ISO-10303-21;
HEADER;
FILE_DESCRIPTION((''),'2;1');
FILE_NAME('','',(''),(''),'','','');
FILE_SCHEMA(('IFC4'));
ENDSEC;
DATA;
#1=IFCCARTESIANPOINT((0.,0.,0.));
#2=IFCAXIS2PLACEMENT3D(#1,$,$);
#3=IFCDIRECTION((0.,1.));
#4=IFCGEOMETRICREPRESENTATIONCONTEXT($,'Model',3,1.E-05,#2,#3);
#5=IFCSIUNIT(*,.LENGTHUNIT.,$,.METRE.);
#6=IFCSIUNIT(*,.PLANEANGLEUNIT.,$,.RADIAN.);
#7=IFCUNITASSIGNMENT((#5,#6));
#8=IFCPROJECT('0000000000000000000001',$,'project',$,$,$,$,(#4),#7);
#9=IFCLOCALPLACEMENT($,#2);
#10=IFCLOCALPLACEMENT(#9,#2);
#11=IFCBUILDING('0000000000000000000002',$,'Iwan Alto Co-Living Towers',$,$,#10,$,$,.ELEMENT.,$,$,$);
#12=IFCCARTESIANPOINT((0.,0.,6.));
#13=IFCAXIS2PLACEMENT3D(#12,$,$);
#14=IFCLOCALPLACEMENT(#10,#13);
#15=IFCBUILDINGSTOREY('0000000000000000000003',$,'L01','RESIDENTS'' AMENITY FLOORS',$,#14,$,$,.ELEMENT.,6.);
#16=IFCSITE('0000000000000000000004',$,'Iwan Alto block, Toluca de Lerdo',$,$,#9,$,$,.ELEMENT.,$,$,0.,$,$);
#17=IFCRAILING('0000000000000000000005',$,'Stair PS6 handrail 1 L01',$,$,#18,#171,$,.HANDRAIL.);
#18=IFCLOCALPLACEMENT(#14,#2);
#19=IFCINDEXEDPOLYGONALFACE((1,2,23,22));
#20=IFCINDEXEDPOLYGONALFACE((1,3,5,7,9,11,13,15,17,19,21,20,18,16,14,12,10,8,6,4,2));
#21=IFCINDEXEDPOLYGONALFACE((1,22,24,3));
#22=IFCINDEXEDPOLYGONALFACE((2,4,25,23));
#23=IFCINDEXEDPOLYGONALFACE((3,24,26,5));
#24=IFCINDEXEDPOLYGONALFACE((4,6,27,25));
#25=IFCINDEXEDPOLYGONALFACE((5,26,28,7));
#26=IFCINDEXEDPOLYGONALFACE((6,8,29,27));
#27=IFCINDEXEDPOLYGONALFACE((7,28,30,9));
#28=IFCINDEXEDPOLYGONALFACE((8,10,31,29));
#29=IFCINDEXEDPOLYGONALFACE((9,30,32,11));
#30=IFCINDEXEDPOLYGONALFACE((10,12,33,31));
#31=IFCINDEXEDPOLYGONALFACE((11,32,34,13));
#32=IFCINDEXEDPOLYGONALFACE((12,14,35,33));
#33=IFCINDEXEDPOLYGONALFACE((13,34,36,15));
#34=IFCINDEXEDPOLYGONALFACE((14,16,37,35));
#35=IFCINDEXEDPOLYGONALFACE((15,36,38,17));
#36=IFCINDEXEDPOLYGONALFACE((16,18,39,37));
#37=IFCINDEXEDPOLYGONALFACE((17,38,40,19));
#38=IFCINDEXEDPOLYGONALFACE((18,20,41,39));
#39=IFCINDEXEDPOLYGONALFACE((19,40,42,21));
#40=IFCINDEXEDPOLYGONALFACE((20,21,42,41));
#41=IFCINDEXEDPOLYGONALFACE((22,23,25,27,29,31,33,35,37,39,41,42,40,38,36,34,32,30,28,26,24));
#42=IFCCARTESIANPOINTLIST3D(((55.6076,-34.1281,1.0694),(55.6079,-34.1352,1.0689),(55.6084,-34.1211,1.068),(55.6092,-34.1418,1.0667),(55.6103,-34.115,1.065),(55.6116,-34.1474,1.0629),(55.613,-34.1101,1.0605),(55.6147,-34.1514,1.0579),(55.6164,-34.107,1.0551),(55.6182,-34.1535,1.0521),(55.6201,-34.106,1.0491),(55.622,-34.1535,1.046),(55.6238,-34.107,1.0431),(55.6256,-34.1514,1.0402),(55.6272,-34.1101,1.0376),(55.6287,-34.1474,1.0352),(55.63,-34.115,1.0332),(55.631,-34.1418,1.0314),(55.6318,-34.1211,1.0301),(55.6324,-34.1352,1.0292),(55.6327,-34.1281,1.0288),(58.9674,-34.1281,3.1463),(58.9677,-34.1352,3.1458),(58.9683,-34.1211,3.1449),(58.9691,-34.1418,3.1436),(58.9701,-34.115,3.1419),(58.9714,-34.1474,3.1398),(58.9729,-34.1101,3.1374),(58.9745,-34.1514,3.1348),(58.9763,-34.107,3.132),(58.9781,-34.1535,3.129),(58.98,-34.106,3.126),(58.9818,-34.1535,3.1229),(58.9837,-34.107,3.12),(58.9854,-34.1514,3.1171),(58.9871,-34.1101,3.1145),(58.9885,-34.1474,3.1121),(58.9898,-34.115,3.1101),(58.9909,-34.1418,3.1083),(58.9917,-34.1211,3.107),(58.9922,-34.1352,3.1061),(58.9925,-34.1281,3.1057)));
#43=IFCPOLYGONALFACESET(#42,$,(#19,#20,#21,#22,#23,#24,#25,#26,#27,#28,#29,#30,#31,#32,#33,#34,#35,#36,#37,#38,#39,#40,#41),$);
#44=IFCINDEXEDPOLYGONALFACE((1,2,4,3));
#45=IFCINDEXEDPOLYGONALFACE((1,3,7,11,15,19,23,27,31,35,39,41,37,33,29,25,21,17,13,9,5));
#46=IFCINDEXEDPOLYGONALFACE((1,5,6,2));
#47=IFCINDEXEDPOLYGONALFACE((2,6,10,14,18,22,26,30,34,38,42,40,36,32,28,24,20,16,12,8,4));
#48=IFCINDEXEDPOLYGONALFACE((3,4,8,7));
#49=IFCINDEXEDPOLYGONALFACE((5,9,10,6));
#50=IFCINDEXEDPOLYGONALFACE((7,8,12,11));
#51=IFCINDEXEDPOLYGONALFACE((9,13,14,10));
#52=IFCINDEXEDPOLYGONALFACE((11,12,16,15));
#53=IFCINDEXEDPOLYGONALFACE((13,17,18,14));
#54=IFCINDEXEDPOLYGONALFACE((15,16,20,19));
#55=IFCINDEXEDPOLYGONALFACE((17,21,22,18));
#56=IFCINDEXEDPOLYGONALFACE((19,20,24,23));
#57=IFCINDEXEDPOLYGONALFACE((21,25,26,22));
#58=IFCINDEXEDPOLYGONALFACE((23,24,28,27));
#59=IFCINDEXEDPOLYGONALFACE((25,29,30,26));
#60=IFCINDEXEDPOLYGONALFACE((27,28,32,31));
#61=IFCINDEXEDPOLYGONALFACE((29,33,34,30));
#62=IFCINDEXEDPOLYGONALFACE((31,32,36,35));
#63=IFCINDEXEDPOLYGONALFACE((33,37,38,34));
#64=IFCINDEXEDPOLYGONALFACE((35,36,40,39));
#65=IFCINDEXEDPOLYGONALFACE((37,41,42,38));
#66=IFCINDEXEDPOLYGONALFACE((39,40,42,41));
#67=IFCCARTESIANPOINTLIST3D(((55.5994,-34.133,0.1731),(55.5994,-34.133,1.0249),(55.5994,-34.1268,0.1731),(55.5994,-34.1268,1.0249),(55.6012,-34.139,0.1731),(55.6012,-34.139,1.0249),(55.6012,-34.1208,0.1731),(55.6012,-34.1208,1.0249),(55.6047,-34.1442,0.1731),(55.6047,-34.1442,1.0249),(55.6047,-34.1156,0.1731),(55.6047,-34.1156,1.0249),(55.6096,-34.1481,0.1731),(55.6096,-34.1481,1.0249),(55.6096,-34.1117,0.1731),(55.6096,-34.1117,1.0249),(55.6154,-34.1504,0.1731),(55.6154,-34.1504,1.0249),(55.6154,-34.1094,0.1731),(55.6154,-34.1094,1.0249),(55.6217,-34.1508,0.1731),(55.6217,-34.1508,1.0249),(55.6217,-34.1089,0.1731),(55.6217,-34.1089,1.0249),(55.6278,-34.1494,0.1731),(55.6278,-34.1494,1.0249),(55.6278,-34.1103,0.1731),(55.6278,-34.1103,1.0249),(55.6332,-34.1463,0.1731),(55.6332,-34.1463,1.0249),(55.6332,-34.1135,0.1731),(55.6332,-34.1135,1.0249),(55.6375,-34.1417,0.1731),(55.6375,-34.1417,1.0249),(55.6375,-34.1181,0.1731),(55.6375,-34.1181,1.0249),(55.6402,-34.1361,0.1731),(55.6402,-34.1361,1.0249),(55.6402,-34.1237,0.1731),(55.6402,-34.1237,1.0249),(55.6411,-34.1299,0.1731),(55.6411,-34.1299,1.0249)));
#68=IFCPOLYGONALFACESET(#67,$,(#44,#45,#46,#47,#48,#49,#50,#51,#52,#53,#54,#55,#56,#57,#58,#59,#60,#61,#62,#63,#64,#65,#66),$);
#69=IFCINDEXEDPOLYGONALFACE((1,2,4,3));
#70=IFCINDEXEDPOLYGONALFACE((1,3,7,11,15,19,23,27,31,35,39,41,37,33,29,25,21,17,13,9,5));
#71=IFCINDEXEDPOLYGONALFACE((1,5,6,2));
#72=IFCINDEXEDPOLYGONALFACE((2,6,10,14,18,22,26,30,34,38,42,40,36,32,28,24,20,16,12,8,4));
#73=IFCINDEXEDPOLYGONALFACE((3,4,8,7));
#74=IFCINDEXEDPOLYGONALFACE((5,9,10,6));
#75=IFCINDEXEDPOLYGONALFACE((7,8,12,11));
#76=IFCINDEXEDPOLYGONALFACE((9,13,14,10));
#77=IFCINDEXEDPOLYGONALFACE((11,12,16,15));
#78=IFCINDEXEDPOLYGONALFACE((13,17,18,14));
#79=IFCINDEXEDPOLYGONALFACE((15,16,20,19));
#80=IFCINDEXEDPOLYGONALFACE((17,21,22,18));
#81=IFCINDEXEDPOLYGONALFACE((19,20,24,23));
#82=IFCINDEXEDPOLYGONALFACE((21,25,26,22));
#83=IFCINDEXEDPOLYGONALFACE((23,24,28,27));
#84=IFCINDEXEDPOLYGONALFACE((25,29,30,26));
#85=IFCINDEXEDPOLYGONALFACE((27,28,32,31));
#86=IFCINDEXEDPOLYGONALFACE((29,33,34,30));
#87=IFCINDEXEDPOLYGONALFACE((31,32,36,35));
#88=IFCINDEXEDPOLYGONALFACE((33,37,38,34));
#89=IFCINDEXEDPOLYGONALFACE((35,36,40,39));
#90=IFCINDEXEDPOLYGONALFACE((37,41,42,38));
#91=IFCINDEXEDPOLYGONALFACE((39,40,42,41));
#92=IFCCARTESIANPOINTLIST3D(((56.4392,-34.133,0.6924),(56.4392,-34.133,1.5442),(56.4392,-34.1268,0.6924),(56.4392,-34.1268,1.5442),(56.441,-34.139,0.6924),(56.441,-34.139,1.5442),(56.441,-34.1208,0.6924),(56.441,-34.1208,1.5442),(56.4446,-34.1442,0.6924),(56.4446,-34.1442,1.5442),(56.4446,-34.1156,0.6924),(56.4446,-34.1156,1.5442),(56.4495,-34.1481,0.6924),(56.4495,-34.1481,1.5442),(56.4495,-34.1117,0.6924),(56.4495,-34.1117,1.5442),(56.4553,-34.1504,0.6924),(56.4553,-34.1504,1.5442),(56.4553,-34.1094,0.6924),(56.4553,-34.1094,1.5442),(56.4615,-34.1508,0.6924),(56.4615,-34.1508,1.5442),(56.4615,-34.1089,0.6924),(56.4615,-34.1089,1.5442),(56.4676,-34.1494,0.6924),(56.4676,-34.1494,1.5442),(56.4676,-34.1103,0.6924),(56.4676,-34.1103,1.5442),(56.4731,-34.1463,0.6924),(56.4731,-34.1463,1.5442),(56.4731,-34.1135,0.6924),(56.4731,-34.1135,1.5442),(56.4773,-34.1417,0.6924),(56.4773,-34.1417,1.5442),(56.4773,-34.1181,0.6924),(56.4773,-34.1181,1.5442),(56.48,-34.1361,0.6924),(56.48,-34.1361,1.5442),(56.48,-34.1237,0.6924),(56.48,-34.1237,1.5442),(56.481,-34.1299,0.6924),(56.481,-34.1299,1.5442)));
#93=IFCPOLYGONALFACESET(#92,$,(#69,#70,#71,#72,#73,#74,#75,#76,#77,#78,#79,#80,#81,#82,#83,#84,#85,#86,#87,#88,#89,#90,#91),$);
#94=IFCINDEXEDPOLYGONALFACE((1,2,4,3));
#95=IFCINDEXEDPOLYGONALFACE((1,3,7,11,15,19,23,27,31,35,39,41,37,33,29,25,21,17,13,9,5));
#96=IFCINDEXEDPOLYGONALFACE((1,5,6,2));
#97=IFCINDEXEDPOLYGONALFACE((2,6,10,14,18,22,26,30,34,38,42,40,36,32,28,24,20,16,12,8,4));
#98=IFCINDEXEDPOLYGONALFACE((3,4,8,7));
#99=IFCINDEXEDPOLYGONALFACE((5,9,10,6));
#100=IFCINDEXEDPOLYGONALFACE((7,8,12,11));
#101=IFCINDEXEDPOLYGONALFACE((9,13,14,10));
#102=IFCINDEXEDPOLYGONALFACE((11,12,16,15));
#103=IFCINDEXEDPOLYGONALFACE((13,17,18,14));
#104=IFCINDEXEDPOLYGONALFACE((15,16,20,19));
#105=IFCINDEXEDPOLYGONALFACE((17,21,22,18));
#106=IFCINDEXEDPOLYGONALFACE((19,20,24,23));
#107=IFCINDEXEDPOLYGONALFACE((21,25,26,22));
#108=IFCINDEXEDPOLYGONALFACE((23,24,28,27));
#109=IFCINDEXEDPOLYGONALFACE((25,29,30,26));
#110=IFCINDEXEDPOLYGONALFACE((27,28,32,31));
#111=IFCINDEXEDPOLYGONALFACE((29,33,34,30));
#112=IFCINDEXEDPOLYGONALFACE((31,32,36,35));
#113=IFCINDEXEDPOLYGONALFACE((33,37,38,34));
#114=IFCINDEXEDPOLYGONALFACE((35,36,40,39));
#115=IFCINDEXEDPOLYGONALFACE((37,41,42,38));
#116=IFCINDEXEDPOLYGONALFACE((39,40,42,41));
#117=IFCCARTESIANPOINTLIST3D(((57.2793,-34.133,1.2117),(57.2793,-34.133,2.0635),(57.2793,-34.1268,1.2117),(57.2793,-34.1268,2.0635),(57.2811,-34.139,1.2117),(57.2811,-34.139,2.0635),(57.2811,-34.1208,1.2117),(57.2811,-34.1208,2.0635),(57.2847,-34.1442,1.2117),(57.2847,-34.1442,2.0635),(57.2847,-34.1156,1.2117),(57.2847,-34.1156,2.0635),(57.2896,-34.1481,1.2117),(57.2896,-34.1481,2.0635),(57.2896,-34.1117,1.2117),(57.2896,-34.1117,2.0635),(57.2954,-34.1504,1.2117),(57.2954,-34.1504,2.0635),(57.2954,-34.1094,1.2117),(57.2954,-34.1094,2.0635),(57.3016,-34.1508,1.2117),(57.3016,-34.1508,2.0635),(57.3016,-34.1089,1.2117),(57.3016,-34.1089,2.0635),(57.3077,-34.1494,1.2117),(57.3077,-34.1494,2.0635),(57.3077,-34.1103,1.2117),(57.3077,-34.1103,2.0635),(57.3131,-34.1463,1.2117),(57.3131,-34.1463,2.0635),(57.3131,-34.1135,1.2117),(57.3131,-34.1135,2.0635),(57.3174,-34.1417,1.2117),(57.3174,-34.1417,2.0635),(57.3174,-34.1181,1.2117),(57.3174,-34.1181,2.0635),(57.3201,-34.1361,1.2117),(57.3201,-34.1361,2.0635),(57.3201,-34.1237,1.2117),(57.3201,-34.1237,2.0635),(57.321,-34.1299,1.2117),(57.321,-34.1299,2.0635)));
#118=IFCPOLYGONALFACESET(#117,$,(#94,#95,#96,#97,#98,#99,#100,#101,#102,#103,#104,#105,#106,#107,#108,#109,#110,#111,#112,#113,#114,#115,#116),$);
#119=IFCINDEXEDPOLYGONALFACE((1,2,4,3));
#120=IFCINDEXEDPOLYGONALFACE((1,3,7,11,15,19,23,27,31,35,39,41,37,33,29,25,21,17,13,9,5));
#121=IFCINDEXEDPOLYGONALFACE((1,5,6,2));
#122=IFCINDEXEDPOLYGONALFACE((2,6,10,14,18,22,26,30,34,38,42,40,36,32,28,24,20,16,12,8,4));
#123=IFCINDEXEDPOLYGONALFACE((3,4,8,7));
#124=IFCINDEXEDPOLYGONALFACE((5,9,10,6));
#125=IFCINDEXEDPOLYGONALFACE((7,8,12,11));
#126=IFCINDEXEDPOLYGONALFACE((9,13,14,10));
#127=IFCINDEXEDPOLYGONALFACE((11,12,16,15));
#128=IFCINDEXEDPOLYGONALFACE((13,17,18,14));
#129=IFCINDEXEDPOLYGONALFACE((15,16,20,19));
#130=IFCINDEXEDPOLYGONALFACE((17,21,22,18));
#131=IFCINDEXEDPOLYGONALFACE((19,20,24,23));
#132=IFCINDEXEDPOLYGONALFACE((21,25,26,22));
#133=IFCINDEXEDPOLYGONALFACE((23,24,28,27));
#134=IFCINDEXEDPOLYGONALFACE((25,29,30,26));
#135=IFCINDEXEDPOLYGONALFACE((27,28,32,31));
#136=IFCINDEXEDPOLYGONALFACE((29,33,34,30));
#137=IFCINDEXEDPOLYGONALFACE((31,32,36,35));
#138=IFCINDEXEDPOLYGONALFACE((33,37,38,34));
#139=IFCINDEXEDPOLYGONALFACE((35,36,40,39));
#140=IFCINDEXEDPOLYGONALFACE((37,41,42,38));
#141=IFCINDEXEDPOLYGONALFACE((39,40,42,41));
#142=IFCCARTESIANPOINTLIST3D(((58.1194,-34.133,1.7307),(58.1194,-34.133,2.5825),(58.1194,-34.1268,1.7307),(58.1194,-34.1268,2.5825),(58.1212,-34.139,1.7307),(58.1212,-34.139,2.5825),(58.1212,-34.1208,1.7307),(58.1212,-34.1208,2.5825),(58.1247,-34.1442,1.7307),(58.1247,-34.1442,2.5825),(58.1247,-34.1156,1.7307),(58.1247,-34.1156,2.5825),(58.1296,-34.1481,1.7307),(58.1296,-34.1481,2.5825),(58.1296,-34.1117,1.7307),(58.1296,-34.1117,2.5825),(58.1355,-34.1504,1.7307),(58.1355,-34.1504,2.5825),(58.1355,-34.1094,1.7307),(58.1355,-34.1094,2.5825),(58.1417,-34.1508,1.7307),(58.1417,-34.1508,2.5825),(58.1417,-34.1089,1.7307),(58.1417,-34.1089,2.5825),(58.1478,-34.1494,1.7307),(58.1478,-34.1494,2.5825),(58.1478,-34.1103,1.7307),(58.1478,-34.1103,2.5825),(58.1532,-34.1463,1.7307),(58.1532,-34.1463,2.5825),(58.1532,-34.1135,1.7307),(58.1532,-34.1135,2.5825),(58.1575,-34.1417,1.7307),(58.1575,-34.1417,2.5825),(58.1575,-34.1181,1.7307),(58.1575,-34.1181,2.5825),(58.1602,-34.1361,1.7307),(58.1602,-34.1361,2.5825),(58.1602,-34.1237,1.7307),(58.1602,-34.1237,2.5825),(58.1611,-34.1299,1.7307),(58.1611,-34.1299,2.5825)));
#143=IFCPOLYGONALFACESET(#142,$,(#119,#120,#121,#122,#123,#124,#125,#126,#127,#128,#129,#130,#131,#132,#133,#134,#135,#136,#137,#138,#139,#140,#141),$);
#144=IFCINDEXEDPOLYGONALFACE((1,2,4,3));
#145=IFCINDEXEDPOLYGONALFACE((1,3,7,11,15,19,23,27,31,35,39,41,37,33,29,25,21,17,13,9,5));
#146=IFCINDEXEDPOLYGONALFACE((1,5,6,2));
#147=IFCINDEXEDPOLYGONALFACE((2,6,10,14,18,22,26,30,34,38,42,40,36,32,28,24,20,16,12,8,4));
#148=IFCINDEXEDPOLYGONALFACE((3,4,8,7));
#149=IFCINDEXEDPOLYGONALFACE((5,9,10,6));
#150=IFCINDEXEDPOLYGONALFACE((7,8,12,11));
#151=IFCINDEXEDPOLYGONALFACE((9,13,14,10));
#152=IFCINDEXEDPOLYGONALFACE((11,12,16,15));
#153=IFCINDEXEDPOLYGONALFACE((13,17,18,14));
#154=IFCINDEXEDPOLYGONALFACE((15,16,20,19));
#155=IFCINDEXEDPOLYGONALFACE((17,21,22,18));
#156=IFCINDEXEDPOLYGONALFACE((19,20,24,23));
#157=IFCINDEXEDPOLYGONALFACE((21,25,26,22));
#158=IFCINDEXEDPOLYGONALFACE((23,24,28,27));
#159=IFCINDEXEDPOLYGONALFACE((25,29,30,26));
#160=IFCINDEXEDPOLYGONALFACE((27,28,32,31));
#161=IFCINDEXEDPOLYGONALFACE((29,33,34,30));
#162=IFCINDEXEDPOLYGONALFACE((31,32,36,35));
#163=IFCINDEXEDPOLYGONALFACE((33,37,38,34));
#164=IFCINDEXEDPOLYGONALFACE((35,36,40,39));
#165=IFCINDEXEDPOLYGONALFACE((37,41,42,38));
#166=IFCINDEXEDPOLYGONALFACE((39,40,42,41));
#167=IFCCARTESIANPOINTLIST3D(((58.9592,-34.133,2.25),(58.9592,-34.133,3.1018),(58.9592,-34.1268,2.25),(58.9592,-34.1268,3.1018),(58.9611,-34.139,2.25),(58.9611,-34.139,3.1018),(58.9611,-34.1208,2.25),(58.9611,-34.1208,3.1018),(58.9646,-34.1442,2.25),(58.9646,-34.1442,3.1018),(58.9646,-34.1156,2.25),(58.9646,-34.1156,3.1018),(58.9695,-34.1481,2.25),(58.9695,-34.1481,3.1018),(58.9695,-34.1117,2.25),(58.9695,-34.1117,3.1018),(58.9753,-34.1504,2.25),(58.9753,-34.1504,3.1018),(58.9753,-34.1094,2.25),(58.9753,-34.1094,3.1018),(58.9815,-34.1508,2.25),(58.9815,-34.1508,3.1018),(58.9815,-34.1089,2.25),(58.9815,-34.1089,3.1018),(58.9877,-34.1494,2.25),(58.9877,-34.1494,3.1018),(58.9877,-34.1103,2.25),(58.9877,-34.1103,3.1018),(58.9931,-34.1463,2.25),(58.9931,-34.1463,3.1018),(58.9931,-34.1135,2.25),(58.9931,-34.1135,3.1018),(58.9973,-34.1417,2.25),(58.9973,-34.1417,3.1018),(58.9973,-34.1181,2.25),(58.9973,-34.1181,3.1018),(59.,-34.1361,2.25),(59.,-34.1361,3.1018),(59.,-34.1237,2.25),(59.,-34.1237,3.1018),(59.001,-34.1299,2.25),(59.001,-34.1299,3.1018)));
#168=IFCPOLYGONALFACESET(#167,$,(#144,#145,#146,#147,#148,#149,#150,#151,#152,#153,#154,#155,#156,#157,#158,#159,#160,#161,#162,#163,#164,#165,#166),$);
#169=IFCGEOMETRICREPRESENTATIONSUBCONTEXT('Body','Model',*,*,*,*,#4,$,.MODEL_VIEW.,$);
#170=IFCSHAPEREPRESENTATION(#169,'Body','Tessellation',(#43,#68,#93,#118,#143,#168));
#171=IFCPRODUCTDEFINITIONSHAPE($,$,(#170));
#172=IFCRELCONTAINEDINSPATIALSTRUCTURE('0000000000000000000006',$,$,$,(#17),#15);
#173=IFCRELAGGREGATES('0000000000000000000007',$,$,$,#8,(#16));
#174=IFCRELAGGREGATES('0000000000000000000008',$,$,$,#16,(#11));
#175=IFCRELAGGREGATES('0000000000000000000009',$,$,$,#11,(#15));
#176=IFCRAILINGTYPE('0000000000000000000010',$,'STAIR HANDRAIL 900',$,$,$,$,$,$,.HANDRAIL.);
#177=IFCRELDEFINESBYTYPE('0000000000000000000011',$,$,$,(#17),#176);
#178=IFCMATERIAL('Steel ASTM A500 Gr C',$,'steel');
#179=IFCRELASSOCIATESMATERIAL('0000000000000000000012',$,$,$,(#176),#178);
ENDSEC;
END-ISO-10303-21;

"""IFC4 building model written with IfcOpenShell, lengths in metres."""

from ifc_helpers import new_model, si_unit, direction, frame, origin, origin_2d, place, context, subcontext, project, spatial, circle, extrude, material, type_object, element, save


model = new_model("IFC4")

# Units and contexts
model_context = context("Model", 3, precision=1e-05, world=origin(), true_north=direction((0.0, 1.0)))
body_context = subcontext(model_context, "Body", "Model", "MODEL_VIEW")
ifc_project = project(units=[si_unit("LENGTHUNIT", "METRE"), si_unit("PLANEANGLEUNIT", "RADIAN")], contexts=[model_context])

# Site, building, storey
site_placement = place(None, origin())
site = spatial("IfcSite", under=ifc_project, at=site_placement, Name="Iwan Alto block, Toluca de Lerdo", CompositionType="ELEMENT", RefElevation=0.0)
building_placement = place(site_placement, origin())
building = spatial("IfcBuilding", under=site, at=building_placement, Name="Iwan Alto Co-Living Towers", CompositionType="ELEMENT")
storey_placement = place(building_placement, frame((0.0, 0.0, 6.0)))
storey = spatial("IfcBuildingStorey", under=building, at=storey_placement, Name="L01", Description="RESIDENTS' AMENITY FLOORS", CompositionType="ELEMENT", Elevation=6.0)

# Railing
ifc_material_1 = material(Name="Steel ASTM A500 Gr C", Category="steel")
railing_type_1 = type_object("IfcRailingType", Name="STAIR HANDRAIL 900", PredefinedType="HANDRAIL", material=ifc_material_1)
railing_1_placement = place(storey_placement, frame((55.6201, -34.1299, 0.1731)))
element("IfcRailing", 1, at=railing_1_placement, inside=storey, type_object=railing_type_1, Name="Stair PS6 handrail 1 L01", PredefinedType="HANDRAIL", context=body_context, shape_type="SweptSolid", body=[
    extrude(circle(Radius=0.0239, at=origin_2d()), frame((0.0, 0.0, 0.876), z_axis=(0.850606, 0.0, 0.525803), x_axis=(0.0, 1.0, 0.0)), (0.0, 0.0, 1.0), 3.95),
    extrude(circle(Radius=0.021, at=origin_2d()), origin(), (0.0, 0.0, 1.0), 0.8518),
    extrude(circle(Radius=0.021, at=origin_2d()), frame((0.8398, 0.0, 0.5193)), (0.0, 0.0, 1.0), 0.8518),
    extrude(circle(Radius=0.021, at=origin_2d()), frame((1.6799, 0.0, 1.0386)), (0.0, 0.0, 1.0), 0.8518),
    extrude(circle(Radius=0.021, at=origin_2d()), frame((2.52, 0.0, 1.5576)), (0.0, 0.0, 1.0), 0.8518),
    extrude(circle(Radius=0.021, at=origin_2d()), frame((3.3599, 0.0, 2.0769)), (0.0, 0.0, 1.0), 0.8518),
])

save(model, "model.ifc")
